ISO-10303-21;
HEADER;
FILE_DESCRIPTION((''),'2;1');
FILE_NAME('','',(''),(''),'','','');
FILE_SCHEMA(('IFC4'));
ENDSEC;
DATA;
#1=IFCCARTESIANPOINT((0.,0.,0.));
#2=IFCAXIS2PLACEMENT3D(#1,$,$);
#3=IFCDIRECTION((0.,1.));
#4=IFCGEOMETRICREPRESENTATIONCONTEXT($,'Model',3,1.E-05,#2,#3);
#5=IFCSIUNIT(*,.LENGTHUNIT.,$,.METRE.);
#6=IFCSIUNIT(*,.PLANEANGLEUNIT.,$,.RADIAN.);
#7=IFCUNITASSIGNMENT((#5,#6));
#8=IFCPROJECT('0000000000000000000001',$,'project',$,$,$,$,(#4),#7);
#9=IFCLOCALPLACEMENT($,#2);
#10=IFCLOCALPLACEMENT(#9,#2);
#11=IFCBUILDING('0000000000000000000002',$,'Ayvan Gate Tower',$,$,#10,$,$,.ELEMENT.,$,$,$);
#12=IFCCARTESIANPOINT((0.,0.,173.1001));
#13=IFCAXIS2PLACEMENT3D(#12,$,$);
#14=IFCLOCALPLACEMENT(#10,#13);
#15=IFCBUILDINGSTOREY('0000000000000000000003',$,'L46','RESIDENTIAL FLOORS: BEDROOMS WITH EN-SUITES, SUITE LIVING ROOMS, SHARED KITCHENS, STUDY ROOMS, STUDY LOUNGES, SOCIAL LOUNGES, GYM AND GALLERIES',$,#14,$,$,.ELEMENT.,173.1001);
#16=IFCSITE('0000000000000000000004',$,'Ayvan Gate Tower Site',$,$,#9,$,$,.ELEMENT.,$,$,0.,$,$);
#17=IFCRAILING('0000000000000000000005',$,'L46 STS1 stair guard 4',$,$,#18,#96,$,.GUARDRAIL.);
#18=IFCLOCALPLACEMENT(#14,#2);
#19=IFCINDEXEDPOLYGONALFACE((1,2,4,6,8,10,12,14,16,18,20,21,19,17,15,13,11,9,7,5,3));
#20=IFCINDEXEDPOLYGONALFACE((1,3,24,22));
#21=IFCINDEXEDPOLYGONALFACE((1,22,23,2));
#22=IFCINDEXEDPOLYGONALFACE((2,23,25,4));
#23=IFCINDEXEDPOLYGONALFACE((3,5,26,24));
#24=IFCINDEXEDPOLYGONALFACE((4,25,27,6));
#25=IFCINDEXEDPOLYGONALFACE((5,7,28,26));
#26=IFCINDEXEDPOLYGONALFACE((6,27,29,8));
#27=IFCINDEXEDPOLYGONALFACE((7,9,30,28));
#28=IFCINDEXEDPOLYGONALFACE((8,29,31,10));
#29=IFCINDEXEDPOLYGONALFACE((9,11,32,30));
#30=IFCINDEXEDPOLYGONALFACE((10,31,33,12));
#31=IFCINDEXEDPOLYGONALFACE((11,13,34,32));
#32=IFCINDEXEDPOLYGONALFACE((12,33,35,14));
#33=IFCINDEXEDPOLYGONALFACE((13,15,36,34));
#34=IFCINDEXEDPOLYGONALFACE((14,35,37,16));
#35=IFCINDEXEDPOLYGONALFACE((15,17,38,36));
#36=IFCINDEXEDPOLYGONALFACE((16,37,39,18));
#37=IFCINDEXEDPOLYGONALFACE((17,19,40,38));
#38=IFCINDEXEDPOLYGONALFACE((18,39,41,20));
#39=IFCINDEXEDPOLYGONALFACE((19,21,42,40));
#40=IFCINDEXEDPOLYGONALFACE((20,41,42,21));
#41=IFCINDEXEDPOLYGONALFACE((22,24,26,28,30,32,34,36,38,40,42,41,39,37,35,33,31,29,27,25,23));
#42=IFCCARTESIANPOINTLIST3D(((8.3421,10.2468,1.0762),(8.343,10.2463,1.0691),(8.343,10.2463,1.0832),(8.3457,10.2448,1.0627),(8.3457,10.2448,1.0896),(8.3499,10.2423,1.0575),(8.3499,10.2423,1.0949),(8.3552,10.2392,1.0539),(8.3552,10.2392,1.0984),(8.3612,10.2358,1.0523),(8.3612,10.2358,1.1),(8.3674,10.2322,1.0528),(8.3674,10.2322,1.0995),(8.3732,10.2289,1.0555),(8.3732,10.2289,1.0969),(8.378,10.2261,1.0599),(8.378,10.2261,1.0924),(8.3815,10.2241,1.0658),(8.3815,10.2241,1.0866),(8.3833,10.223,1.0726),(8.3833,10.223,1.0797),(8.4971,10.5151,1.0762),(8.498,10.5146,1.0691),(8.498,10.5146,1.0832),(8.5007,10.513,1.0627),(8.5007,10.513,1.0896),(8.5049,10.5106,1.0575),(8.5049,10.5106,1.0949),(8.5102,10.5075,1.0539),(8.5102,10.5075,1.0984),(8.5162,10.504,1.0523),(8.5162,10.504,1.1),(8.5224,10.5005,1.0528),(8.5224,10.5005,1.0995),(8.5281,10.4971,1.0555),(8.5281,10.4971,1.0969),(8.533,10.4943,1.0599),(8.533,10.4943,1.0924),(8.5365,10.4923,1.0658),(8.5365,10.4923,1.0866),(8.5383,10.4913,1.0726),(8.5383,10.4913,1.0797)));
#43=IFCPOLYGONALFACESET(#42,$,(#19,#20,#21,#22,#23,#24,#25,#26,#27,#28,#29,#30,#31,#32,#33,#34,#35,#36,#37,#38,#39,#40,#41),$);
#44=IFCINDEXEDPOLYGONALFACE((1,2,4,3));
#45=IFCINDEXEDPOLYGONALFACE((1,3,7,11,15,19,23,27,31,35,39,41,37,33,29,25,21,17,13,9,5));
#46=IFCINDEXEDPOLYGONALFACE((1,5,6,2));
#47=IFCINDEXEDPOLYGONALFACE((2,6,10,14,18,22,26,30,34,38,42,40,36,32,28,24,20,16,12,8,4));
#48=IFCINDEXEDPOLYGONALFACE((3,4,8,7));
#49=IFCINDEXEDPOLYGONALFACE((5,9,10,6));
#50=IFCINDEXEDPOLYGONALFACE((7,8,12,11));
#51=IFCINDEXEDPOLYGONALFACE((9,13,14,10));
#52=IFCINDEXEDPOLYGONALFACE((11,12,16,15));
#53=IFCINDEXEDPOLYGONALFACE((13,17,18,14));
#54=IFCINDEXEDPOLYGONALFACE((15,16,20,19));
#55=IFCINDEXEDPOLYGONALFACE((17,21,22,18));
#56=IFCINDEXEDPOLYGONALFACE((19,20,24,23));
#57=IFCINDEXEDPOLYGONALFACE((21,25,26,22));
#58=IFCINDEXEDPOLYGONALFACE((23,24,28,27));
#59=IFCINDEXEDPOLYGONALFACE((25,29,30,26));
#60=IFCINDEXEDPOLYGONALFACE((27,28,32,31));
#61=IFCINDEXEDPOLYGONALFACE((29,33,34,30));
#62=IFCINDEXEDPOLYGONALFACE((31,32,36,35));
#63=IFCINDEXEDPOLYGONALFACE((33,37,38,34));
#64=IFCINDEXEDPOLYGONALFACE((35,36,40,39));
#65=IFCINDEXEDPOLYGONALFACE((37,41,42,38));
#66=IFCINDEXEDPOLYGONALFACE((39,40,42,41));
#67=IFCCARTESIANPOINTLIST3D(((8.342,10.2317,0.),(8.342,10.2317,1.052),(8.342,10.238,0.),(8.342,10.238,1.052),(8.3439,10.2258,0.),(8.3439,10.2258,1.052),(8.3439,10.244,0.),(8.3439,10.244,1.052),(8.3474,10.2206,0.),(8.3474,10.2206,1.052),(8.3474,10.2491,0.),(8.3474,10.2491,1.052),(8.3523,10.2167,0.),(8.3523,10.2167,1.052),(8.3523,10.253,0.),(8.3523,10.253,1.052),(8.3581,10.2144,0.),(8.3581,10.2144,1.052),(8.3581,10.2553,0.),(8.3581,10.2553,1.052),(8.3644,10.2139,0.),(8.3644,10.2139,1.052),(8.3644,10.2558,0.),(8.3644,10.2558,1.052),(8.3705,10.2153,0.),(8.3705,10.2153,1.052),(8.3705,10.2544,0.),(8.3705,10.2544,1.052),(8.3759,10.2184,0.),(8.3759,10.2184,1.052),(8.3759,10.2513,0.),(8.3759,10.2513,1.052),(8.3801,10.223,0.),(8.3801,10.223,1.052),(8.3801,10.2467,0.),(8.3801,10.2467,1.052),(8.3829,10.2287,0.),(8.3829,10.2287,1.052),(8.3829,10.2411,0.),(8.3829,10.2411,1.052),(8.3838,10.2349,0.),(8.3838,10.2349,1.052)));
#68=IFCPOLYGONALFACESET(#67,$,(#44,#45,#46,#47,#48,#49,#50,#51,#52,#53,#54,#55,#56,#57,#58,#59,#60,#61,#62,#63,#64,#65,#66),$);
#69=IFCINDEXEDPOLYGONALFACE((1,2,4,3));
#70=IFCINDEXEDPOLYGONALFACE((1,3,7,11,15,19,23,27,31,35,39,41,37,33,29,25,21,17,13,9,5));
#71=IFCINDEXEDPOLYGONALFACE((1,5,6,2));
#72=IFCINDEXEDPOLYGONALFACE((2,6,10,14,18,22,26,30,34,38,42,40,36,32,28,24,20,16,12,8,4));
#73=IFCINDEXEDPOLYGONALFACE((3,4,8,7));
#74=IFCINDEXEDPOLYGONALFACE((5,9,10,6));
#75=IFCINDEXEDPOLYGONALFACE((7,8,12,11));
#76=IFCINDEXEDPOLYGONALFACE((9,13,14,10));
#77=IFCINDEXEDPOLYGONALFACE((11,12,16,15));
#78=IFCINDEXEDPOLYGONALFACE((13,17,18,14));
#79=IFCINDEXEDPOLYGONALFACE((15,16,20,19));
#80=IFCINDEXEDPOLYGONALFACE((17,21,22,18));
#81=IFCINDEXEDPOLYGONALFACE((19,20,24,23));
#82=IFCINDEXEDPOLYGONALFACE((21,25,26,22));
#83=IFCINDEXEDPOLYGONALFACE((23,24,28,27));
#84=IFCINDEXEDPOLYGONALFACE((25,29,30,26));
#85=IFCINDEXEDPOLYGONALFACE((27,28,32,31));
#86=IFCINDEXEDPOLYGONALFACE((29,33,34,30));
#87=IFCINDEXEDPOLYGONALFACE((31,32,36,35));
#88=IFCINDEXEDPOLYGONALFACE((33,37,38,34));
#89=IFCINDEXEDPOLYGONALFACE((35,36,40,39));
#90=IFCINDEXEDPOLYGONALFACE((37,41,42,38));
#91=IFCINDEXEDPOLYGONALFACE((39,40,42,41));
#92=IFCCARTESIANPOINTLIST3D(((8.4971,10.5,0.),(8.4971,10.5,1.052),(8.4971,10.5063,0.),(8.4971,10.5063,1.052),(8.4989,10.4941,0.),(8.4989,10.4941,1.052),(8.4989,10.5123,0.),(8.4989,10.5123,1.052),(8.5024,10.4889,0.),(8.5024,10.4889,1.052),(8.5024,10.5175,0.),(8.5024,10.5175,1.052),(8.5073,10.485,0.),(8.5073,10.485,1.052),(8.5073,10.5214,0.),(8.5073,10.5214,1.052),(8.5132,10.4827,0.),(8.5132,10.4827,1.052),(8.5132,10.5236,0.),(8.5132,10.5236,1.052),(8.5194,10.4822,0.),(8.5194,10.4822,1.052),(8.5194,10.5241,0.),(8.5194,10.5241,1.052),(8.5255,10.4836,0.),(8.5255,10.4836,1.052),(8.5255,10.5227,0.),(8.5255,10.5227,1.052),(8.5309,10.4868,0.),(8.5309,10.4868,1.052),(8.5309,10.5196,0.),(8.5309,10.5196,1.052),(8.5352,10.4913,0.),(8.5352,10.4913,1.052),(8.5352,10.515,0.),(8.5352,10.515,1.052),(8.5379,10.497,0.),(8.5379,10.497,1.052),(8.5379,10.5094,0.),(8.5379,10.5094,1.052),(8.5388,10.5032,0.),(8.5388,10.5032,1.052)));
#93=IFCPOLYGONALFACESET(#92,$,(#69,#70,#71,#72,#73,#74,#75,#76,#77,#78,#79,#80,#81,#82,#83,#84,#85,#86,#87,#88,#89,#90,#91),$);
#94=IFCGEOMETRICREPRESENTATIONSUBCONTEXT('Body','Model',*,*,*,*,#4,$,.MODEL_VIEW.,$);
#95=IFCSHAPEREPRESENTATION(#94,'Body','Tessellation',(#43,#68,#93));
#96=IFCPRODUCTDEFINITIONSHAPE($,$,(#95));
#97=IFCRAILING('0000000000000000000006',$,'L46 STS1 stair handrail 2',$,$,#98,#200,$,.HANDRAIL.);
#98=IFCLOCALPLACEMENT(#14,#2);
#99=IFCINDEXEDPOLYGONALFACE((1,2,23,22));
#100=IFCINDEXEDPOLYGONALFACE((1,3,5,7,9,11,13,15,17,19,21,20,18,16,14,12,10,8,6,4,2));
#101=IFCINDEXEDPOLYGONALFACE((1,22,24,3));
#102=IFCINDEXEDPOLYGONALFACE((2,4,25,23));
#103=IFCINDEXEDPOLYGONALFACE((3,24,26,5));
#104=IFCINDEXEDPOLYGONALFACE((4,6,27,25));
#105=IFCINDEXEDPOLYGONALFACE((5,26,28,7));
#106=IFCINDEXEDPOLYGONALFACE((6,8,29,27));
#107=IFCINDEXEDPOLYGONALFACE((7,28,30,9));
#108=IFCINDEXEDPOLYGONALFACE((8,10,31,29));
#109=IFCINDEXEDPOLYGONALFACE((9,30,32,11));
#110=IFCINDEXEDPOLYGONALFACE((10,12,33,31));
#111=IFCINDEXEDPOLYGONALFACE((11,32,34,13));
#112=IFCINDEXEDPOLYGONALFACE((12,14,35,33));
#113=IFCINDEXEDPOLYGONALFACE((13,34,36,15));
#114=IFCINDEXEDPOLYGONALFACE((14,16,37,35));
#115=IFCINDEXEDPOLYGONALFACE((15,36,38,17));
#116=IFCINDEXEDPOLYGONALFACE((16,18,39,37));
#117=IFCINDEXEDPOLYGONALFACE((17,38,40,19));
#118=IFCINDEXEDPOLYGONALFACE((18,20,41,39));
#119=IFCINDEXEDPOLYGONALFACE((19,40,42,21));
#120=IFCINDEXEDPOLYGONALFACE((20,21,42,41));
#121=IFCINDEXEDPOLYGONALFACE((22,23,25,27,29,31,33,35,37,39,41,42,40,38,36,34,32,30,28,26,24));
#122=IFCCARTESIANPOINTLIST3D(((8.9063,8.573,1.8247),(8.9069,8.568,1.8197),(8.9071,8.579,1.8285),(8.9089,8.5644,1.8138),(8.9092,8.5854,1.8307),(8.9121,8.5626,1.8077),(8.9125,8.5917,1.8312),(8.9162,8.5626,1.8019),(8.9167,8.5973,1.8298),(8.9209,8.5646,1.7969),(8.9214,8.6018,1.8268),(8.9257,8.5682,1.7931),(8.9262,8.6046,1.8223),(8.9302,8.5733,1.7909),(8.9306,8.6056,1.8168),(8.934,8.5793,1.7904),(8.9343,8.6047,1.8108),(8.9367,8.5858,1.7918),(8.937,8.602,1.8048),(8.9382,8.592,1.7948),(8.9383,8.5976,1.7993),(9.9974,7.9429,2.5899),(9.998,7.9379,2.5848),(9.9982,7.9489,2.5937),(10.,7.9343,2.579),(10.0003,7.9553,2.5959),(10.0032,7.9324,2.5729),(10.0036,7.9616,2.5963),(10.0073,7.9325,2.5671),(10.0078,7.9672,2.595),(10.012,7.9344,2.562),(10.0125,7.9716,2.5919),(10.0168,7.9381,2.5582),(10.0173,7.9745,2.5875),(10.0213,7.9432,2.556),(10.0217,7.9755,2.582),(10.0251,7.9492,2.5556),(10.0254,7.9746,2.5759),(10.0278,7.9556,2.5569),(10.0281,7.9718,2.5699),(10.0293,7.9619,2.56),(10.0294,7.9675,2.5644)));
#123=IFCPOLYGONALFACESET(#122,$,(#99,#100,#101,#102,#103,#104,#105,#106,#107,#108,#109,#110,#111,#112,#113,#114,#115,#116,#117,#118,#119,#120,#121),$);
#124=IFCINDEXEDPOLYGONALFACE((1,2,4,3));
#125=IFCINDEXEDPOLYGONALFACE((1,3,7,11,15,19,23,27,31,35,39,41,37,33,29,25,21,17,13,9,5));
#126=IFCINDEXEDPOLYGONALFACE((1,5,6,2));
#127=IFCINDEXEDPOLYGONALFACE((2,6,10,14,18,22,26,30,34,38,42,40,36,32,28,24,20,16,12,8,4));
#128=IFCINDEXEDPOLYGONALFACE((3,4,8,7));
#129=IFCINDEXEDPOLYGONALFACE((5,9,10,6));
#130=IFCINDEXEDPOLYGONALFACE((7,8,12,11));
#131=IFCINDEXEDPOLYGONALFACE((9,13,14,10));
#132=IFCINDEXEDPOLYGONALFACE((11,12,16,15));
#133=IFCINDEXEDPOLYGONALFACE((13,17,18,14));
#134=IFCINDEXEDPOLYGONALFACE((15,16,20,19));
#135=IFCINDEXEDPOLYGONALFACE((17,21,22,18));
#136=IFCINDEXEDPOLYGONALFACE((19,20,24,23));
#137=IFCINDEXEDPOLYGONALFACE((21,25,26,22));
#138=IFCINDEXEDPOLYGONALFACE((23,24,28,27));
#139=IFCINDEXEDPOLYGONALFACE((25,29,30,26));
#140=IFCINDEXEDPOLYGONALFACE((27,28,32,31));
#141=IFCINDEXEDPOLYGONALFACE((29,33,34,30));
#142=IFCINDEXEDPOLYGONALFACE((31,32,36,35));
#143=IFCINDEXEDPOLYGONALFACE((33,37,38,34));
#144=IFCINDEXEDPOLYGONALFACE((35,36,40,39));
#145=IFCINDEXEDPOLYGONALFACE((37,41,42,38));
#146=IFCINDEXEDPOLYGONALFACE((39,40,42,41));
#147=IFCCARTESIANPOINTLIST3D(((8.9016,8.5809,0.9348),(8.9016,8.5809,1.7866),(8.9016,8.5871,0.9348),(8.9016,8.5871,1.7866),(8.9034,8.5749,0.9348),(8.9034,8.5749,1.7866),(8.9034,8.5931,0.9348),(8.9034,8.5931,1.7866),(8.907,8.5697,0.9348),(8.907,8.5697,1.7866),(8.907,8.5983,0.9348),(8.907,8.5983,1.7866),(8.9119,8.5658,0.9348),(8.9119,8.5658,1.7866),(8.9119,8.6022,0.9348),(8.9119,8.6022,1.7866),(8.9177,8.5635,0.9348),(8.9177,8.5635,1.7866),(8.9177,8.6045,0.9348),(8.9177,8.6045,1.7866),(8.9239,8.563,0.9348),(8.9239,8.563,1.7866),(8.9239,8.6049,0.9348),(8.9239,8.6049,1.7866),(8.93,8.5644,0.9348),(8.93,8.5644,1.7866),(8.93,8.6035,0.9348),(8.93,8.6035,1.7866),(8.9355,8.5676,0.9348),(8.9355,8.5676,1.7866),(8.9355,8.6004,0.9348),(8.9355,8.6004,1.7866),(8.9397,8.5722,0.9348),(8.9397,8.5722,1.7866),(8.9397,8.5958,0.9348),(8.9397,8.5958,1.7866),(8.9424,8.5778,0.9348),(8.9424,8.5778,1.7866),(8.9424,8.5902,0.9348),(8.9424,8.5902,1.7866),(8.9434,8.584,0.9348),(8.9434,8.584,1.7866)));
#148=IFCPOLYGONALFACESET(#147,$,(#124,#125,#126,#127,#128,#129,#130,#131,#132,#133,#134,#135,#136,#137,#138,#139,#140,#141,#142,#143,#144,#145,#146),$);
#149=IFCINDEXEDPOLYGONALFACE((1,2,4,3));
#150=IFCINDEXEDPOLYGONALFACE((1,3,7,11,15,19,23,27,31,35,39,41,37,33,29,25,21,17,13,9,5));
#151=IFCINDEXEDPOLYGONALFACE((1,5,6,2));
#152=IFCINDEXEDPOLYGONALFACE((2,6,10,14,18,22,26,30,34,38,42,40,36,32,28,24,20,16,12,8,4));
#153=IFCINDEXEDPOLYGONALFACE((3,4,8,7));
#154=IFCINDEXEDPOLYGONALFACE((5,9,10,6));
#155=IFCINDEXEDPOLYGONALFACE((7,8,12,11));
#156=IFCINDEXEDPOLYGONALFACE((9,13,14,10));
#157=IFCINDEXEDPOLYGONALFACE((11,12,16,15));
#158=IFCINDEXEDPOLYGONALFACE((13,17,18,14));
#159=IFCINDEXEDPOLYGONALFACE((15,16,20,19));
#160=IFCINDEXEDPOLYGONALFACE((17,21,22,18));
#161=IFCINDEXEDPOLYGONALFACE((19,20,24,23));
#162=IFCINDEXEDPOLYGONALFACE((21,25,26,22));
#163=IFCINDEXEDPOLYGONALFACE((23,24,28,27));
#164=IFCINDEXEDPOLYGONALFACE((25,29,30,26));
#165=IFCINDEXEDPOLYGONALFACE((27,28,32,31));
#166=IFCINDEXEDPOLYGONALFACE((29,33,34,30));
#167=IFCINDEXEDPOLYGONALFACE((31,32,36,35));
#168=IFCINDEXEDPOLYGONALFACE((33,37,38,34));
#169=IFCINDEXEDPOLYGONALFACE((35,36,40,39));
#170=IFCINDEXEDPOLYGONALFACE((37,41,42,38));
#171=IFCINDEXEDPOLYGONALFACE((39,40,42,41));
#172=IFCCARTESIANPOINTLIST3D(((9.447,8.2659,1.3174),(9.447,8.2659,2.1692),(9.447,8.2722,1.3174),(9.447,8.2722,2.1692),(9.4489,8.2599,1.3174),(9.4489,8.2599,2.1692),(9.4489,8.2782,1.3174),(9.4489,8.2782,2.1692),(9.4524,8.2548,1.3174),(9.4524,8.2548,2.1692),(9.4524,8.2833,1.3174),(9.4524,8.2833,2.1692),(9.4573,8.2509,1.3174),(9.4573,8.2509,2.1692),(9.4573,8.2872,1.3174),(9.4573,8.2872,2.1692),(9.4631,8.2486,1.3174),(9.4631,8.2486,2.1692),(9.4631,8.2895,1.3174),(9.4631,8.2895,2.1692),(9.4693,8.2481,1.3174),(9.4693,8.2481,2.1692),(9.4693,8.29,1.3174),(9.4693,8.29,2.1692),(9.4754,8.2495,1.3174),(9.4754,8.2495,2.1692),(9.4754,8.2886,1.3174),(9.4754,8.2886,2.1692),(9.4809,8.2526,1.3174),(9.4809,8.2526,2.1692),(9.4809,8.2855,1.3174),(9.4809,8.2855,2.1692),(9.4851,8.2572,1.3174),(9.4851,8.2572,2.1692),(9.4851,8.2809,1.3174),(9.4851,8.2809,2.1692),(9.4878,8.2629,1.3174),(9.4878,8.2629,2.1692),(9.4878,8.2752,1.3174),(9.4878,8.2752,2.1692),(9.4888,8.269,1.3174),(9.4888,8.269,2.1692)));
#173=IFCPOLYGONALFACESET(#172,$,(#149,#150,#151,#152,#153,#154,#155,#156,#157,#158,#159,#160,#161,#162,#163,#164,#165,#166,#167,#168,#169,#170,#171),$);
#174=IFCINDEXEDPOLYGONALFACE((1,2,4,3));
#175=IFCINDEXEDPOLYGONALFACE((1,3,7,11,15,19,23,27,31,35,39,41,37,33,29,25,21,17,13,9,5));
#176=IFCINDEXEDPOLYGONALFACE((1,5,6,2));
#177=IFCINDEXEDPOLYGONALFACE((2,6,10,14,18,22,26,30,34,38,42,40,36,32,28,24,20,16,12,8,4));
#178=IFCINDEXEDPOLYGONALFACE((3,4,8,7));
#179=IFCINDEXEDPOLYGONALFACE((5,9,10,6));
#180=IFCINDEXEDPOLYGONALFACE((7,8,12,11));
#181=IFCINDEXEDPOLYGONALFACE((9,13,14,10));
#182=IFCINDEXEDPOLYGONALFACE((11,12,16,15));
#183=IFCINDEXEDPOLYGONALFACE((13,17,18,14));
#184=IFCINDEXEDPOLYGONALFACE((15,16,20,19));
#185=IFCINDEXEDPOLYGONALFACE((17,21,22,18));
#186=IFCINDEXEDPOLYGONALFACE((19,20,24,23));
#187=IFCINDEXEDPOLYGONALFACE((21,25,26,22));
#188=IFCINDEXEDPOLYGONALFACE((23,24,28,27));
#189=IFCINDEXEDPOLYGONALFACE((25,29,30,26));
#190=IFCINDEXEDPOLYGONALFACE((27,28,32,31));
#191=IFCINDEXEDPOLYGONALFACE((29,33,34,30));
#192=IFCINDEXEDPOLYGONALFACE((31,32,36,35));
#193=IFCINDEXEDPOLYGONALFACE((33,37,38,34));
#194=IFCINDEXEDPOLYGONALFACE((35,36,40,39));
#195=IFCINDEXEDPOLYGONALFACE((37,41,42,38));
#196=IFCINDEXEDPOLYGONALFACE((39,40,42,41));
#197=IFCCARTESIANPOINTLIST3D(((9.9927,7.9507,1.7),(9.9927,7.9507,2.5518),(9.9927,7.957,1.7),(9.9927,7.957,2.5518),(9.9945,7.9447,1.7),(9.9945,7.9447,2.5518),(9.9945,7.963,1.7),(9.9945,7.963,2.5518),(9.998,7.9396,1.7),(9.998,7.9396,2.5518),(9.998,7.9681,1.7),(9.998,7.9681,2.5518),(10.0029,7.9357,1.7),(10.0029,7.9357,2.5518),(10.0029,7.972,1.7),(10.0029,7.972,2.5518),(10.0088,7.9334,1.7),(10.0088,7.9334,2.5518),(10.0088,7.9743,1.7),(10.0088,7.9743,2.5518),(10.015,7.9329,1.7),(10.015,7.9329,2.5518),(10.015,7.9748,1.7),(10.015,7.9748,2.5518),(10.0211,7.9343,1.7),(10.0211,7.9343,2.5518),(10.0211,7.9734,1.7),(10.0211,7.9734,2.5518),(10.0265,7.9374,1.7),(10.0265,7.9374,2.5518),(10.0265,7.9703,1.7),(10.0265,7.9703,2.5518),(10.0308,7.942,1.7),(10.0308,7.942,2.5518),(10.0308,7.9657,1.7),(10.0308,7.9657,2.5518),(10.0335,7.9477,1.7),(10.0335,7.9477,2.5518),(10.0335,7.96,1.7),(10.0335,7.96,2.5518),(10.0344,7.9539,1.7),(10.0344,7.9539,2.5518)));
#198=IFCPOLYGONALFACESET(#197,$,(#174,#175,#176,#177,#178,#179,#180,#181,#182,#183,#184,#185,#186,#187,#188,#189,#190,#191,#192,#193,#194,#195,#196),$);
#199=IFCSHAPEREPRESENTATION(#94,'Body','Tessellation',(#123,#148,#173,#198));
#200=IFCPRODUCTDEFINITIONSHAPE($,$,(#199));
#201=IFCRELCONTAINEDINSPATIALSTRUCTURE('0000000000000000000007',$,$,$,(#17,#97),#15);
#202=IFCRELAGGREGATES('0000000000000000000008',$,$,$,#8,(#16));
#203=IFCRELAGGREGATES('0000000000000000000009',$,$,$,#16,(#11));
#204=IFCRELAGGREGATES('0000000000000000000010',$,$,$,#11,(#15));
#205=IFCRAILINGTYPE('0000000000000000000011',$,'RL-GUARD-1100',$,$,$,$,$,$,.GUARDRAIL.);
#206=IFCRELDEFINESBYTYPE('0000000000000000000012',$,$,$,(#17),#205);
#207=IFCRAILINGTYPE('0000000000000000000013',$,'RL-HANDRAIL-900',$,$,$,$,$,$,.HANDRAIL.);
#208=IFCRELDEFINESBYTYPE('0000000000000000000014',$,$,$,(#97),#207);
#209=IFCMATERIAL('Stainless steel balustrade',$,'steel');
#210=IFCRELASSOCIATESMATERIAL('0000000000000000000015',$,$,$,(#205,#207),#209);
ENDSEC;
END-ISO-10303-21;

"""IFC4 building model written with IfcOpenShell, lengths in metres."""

from ifc_helpers import new_model, si_unit, direction, frame, origin, origin_2d, place, context, subcontext, project, spatial, circle, extrude, material, type_object, element, save


model = new_model("IFC4")

# Units and contexts
model_context = context("Model", 3, precision=1e-05, world=origin(), true_north=direction((0.0, 1.0)))
body_context = subcontext(model_context, "Body", "Model", "MODEL_VIEW")
ifc_project = project(units=[si_unit("LENGTHUNIT", "METRE"), si_unit("PLANEANGLEUNIT", "RADIAN")], contexts=[model_context])

# Site, building, storey
site_placement = place(None, origin())
site = spatial("IfcSite", under=ifc_project, at=site_placement, Name="Ayvan Gate Tower Site", CompositionType="ELEMENT", RefElevation=0.0)
building_placement = place(site_placement, origin())
building = spatial("IfcBuilding", under=site, at=building_placement, Name="Ayvan Gate Tower", CompositionType="ELEMENT")
storey_placement = place(building_placement, frame((0.0, 0.0, 173.1001)))
storey = spatial("IfcBuildingStorey", under=building, at=storey_placement, Name="L46", Description="RESIDENTIAL FLOORS: BEDROOMS WITH EN-SUITES, SUITE LIVING ROOMS, SHARED KITCHENS, STUDY ROOMS, STUDY LOUNGES, SOCIAL LOUNGES, GYM AND GALLERIES", CompositionType="ELEMENT", Elevation=173.1001)

# Railings
ifc_material_1 = material(Name="Stainless steel balustrade", Category="steel")
railing_type_1 = type_object("IfcRailingType", Name="RL-GUARD-1100", PredefinedType="GUARDRAIL", material=ifc_material_1)
railing_1_placement = place(storey_placement, frame((8.3628, 10.2349, 0.0)))
element("IfcRailing", 1, at=railing_1_placement, inside=storey, type_object=railing_type_1, Name="L46 STS1 stair guard 4", PredefinedType="GUARDRAIL", context=body_context, shape_type="SweptSolid", body=[
    extrude(circle(Radius=0.0239, at=origin_2d()), frame((0.0, 0.0, 1.0762), z_axis=(0.500291, 0.865857, 0.0), x_axis=(-0.865857, 0.500291, 0.0)), (0.0, 0.0, 1.0), 0.3098),
    extrude(circle(Radius=0.021, at=origin_2d()), origin(), (0.0, 0.0, 1.0), 1.052),
    extrude(circle(Radius=0.021, at=origin_2d()), frame((0.155, 0.2683, 0.0)), (0.0, 0.0, 1.0), 1.052),
])
railing_type_2 = type_object("IfcRailingType", Name="RL-HANDRAIL-900", PredefinedType="HANDRAIL", material=ifc_material_1)
railing_2_placement = place(storey_placement, frame((8.9224, 8.584, 0.9348)))
element("IfcRailing", 2, at=railing_2_placement, inside=storey, type_object=railing_type_2, Name="L46 STS1 stair handrail 2", PredefinedType="HANDRAIL", context=body_context, shape_type="SweptSolid", body=[
    extrude(circle(Radius=0.0239, at=origin_2d()), frame((0.0, 0.0, 0.876), z_axis=(0.740166, -0.427471, 0.51906), x_axis=(0.500119, 0.865956, 0.0)), (0.0, 0.0, 1.0), 1.4741),
    extrude(circle(Radius=0.021, at=origin_2d()), origin(), (0.0, 0.0, 1.0), 0.8518),
    extrude(circle(Radius=0.021, at=origin_2d()), frame((0.5454, -0.3149, 0.3826)), (0.0, 0.0, 1.0), 0.8518),
    extrude(circle(Radius=0.021, at=origin_2d()), frame((1.0911, -0.6301, 0.7651)), (0.0, 0.0, 1.0), 0.8518),
])

save(model, "model.ifc")
